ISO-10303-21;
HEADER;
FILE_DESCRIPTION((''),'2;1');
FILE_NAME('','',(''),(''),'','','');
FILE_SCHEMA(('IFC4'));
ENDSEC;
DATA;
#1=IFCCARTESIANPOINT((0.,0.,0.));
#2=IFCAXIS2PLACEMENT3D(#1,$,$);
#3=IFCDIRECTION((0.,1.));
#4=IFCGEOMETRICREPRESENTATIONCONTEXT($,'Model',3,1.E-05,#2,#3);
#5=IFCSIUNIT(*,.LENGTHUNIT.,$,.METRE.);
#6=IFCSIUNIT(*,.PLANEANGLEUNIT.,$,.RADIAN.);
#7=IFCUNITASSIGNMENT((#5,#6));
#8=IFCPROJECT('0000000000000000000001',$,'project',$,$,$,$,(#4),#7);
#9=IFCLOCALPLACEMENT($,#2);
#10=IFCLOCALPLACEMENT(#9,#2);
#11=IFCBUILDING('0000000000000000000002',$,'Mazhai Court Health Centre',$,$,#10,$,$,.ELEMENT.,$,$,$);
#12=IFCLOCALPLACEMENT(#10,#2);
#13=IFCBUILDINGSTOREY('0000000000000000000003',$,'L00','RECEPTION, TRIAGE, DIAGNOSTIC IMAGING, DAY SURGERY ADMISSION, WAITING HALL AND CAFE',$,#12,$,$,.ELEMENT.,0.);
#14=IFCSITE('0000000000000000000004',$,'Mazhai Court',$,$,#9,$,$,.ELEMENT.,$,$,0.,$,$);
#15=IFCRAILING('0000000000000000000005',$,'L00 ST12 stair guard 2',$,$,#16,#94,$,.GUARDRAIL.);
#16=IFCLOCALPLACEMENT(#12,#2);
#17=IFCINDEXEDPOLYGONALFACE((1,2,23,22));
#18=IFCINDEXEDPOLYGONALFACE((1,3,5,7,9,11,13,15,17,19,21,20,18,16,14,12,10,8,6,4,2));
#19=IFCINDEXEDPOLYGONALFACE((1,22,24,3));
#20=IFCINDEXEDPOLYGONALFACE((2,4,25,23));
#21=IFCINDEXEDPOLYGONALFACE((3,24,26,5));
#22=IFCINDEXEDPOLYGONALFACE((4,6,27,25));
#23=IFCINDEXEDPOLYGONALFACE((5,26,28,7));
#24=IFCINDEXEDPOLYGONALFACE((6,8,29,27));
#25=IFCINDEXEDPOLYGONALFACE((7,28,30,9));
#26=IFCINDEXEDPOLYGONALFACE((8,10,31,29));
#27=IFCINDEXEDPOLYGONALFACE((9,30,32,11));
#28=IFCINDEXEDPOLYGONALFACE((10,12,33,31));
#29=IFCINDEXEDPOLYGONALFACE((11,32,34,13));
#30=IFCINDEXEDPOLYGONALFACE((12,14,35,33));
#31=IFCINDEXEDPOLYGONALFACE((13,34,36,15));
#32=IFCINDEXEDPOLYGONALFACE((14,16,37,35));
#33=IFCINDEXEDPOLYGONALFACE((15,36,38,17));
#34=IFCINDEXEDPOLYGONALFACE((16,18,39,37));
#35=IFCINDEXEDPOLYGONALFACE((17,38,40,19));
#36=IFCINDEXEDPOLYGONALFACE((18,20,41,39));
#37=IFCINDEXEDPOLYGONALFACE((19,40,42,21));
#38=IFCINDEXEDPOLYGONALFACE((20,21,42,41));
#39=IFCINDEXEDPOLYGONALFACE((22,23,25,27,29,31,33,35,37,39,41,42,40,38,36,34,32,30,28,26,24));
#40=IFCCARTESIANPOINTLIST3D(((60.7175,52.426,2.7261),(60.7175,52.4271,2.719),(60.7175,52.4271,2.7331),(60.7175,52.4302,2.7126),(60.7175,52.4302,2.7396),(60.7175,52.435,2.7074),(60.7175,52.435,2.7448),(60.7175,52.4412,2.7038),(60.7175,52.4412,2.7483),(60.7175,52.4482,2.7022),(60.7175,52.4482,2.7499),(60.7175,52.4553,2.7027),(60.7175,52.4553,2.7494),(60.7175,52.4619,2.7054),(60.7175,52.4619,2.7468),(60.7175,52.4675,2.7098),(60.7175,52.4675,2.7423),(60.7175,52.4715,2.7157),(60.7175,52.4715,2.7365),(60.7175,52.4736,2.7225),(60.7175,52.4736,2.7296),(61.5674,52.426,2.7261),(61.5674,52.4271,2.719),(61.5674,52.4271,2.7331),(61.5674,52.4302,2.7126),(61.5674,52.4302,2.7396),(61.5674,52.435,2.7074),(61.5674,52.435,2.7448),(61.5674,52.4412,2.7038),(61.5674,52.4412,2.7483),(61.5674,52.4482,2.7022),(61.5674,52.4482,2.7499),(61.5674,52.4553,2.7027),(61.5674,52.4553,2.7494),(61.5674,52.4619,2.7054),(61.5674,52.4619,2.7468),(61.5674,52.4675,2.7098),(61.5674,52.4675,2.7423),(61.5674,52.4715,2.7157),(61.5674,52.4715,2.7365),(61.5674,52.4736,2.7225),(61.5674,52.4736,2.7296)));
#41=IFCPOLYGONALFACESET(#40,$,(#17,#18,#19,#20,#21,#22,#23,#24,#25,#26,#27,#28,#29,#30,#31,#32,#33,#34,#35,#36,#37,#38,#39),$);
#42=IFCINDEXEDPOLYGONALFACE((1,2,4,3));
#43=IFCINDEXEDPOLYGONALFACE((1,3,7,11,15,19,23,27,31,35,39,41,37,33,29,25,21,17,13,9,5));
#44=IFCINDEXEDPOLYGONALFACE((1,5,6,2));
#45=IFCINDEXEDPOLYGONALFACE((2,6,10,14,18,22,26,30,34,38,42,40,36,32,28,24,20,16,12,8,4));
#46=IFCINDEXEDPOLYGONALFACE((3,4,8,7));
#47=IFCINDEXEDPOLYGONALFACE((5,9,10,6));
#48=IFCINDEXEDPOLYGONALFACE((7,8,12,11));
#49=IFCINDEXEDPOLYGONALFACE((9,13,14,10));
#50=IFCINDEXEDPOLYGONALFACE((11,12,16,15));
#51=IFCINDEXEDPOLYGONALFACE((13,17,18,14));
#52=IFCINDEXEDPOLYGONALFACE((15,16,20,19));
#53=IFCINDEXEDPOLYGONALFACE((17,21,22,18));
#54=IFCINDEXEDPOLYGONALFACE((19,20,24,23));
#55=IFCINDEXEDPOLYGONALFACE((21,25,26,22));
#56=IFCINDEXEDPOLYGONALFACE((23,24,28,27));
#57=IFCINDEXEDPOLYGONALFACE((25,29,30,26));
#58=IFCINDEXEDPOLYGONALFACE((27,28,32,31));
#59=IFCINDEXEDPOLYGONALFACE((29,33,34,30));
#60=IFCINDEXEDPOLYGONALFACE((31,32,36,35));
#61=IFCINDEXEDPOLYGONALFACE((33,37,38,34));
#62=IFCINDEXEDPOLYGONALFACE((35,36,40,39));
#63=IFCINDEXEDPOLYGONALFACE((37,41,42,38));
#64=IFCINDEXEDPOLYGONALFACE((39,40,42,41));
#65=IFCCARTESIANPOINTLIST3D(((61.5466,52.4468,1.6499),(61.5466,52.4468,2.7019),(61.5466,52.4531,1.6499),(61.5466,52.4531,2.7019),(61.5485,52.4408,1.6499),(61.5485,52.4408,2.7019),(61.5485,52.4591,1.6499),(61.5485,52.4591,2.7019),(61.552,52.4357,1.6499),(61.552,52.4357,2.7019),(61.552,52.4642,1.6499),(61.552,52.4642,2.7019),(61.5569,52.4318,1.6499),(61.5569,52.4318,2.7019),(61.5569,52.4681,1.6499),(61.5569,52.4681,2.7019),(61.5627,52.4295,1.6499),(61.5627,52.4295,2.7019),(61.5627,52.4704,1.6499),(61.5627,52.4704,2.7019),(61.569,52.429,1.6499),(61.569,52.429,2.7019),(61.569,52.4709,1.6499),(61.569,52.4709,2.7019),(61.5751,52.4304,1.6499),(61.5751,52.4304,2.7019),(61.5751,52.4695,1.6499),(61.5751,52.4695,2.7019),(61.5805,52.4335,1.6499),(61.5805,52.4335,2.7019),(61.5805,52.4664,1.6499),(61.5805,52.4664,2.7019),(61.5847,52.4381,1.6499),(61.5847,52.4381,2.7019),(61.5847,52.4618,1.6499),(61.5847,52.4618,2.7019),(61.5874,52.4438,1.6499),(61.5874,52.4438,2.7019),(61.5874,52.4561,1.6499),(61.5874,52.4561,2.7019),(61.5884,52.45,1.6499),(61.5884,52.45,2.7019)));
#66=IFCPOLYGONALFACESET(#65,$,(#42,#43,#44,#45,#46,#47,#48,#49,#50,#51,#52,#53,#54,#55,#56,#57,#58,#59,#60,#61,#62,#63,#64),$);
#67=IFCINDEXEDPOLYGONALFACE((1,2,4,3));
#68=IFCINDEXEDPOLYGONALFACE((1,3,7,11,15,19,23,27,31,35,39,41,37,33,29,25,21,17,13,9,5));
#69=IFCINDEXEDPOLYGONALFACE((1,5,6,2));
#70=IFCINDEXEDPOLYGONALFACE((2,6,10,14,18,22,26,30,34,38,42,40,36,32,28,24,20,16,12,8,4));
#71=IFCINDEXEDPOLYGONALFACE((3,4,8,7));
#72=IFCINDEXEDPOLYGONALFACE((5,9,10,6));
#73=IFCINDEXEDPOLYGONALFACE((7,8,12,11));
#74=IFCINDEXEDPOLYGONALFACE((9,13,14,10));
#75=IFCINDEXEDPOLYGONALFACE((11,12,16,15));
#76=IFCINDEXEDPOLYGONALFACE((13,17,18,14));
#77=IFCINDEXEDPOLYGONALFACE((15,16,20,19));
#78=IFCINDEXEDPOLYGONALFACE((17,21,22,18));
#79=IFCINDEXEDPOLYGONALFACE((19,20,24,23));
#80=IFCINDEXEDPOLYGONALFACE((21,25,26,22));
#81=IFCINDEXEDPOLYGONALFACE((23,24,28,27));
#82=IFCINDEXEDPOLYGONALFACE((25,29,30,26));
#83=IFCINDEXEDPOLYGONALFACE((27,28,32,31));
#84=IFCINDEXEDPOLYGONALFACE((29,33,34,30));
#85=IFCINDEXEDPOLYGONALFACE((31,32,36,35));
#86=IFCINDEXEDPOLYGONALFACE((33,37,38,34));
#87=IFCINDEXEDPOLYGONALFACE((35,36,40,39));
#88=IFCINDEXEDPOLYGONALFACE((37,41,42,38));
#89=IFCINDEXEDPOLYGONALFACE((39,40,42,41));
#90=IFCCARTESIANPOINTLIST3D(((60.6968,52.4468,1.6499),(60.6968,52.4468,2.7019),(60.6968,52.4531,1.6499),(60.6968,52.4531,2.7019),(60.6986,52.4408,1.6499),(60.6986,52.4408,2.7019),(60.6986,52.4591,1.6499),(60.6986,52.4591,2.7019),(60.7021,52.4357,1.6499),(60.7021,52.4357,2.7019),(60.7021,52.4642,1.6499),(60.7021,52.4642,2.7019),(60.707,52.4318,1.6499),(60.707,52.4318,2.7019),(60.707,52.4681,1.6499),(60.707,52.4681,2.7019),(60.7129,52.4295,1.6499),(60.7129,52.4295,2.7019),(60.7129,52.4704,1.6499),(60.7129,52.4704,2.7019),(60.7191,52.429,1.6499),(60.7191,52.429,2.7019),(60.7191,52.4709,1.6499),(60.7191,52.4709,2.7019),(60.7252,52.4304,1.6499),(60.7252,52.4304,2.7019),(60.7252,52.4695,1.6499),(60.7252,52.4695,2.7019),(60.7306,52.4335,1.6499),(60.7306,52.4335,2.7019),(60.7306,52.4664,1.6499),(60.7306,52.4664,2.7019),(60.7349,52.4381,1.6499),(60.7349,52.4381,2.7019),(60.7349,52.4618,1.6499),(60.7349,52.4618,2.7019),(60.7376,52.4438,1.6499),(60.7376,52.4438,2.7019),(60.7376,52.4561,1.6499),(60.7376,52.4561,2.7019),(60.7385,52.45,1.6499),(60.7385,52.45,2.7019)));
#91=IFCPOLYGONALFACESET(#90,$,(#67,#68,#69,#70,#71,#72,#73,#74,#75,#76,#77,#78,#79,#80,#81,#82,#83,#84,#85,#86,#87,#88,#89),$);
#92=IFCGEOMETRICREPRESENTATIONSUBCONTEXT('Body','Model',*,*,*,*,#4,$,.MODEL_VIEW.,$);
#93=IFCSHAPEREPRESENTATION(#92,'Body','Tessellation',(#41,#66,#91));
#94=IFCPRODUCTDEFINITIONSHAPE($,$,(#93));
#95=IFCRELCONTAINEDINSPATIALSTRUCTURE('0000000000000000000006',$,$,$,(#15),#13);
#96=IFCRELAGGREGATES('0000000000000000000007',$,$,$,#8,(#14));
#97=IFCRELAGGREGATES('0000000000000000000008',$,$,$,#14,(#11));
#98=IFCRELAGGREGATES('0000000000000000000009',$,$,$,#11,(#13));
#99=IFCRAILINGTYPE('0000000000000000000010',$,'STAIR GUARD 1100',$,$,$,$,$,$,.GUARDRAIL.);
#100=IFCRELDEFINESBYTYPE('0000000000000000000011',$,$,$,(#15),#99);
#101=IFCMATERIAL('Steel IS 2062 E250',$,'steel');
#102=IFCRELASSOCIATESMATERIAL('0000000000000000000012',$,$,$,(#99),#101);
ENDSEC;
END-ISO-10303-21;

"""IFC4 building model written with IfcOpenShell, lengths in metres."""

from ifc_helpers import new_model, si_unit, direction, frame, origin, origin_2d, place, context, subcontext, project, spatial, circle, extrude, material, type_object, element, save


model = new_model("IFC4")

# Units and contexts
model_context = context("Model", 3, precision=1e-05, world=origin(), true_north=direction((0.0, 1.0)))
body_context = subcontext(model_context, "Body", "Model", "MODEL_VIEW")
ifc_project = project(units=[si_unit("LENGTHUNIT", "METRE"), si_unit("PLANEANGLEUNIT", "RADIAN")], contexts=[model_context])

# Site, building, storey
site_placement = place(None, origin())
site = spatial("IfcSite", under=ifc_project, at=site_placement, Name="Mazhai Court", CompositionType="ELEMENT", RefElevation=0.0)
building_placement = place(site_placement, origin())
building = spatial("IfcBuilding", under=site, at=building_placement, Name="Mazhai Court Health Centre", CompositionType="ELEMENT")
storey_placement = place(building_placement, origin())
storey = spatial("IfcBuildingStorey", under=building, at=storey_placement, Name="L00", Description="RECEPTION, TRIAGE, DIAGNOSTIC IMAGING, DAY SURGERY ADMISSION, WAITING HALL AND CAFE", CompositionType="ELEMENT", Elevation=0.0)

# Railing
ifc_material_1 = material(Name="Steel IS 2062 E250", Category="steel")
railing_type_1 = type_object("IfcRailingType", Name="STAIR GUARD 1100", PredefinedType="GUARDRAIL", material=ifc_material_1)
railing_1_placement = place(storey_placement, frame((61.5674, 52.45, 1.6499)))
element("IfcRailing", 1, at=railing_1_placement, inside=storey, type_object=railing_type_1, Name="L00 ST12 stair guard 2", PredefinedType="GUARDRAIL", context=body_context, shape_type="SweptSolid", body=[
    extrude(circle(Radius=0.0239, at=origin_2d()), frame((0.0, 0.0, 1.0762), z_axis=(-1.0, 0.0, 0.0), x_axis=(0.0, -1.0, 0.0)), (0.0, 0.0, 1.0), 0.8499),
    extrude(circle(Radius=0.021, at=origin_2d()), origin(), (0.0, 0.0, 1.0), 1.052),
    extrude(circle(Radius=0.021, at=origin_2d()), frame((-0.8499, 0.0, 0.0)), (0.0, 0.0, 1.0), 1.052),
])

save(model, "model.ifc")
